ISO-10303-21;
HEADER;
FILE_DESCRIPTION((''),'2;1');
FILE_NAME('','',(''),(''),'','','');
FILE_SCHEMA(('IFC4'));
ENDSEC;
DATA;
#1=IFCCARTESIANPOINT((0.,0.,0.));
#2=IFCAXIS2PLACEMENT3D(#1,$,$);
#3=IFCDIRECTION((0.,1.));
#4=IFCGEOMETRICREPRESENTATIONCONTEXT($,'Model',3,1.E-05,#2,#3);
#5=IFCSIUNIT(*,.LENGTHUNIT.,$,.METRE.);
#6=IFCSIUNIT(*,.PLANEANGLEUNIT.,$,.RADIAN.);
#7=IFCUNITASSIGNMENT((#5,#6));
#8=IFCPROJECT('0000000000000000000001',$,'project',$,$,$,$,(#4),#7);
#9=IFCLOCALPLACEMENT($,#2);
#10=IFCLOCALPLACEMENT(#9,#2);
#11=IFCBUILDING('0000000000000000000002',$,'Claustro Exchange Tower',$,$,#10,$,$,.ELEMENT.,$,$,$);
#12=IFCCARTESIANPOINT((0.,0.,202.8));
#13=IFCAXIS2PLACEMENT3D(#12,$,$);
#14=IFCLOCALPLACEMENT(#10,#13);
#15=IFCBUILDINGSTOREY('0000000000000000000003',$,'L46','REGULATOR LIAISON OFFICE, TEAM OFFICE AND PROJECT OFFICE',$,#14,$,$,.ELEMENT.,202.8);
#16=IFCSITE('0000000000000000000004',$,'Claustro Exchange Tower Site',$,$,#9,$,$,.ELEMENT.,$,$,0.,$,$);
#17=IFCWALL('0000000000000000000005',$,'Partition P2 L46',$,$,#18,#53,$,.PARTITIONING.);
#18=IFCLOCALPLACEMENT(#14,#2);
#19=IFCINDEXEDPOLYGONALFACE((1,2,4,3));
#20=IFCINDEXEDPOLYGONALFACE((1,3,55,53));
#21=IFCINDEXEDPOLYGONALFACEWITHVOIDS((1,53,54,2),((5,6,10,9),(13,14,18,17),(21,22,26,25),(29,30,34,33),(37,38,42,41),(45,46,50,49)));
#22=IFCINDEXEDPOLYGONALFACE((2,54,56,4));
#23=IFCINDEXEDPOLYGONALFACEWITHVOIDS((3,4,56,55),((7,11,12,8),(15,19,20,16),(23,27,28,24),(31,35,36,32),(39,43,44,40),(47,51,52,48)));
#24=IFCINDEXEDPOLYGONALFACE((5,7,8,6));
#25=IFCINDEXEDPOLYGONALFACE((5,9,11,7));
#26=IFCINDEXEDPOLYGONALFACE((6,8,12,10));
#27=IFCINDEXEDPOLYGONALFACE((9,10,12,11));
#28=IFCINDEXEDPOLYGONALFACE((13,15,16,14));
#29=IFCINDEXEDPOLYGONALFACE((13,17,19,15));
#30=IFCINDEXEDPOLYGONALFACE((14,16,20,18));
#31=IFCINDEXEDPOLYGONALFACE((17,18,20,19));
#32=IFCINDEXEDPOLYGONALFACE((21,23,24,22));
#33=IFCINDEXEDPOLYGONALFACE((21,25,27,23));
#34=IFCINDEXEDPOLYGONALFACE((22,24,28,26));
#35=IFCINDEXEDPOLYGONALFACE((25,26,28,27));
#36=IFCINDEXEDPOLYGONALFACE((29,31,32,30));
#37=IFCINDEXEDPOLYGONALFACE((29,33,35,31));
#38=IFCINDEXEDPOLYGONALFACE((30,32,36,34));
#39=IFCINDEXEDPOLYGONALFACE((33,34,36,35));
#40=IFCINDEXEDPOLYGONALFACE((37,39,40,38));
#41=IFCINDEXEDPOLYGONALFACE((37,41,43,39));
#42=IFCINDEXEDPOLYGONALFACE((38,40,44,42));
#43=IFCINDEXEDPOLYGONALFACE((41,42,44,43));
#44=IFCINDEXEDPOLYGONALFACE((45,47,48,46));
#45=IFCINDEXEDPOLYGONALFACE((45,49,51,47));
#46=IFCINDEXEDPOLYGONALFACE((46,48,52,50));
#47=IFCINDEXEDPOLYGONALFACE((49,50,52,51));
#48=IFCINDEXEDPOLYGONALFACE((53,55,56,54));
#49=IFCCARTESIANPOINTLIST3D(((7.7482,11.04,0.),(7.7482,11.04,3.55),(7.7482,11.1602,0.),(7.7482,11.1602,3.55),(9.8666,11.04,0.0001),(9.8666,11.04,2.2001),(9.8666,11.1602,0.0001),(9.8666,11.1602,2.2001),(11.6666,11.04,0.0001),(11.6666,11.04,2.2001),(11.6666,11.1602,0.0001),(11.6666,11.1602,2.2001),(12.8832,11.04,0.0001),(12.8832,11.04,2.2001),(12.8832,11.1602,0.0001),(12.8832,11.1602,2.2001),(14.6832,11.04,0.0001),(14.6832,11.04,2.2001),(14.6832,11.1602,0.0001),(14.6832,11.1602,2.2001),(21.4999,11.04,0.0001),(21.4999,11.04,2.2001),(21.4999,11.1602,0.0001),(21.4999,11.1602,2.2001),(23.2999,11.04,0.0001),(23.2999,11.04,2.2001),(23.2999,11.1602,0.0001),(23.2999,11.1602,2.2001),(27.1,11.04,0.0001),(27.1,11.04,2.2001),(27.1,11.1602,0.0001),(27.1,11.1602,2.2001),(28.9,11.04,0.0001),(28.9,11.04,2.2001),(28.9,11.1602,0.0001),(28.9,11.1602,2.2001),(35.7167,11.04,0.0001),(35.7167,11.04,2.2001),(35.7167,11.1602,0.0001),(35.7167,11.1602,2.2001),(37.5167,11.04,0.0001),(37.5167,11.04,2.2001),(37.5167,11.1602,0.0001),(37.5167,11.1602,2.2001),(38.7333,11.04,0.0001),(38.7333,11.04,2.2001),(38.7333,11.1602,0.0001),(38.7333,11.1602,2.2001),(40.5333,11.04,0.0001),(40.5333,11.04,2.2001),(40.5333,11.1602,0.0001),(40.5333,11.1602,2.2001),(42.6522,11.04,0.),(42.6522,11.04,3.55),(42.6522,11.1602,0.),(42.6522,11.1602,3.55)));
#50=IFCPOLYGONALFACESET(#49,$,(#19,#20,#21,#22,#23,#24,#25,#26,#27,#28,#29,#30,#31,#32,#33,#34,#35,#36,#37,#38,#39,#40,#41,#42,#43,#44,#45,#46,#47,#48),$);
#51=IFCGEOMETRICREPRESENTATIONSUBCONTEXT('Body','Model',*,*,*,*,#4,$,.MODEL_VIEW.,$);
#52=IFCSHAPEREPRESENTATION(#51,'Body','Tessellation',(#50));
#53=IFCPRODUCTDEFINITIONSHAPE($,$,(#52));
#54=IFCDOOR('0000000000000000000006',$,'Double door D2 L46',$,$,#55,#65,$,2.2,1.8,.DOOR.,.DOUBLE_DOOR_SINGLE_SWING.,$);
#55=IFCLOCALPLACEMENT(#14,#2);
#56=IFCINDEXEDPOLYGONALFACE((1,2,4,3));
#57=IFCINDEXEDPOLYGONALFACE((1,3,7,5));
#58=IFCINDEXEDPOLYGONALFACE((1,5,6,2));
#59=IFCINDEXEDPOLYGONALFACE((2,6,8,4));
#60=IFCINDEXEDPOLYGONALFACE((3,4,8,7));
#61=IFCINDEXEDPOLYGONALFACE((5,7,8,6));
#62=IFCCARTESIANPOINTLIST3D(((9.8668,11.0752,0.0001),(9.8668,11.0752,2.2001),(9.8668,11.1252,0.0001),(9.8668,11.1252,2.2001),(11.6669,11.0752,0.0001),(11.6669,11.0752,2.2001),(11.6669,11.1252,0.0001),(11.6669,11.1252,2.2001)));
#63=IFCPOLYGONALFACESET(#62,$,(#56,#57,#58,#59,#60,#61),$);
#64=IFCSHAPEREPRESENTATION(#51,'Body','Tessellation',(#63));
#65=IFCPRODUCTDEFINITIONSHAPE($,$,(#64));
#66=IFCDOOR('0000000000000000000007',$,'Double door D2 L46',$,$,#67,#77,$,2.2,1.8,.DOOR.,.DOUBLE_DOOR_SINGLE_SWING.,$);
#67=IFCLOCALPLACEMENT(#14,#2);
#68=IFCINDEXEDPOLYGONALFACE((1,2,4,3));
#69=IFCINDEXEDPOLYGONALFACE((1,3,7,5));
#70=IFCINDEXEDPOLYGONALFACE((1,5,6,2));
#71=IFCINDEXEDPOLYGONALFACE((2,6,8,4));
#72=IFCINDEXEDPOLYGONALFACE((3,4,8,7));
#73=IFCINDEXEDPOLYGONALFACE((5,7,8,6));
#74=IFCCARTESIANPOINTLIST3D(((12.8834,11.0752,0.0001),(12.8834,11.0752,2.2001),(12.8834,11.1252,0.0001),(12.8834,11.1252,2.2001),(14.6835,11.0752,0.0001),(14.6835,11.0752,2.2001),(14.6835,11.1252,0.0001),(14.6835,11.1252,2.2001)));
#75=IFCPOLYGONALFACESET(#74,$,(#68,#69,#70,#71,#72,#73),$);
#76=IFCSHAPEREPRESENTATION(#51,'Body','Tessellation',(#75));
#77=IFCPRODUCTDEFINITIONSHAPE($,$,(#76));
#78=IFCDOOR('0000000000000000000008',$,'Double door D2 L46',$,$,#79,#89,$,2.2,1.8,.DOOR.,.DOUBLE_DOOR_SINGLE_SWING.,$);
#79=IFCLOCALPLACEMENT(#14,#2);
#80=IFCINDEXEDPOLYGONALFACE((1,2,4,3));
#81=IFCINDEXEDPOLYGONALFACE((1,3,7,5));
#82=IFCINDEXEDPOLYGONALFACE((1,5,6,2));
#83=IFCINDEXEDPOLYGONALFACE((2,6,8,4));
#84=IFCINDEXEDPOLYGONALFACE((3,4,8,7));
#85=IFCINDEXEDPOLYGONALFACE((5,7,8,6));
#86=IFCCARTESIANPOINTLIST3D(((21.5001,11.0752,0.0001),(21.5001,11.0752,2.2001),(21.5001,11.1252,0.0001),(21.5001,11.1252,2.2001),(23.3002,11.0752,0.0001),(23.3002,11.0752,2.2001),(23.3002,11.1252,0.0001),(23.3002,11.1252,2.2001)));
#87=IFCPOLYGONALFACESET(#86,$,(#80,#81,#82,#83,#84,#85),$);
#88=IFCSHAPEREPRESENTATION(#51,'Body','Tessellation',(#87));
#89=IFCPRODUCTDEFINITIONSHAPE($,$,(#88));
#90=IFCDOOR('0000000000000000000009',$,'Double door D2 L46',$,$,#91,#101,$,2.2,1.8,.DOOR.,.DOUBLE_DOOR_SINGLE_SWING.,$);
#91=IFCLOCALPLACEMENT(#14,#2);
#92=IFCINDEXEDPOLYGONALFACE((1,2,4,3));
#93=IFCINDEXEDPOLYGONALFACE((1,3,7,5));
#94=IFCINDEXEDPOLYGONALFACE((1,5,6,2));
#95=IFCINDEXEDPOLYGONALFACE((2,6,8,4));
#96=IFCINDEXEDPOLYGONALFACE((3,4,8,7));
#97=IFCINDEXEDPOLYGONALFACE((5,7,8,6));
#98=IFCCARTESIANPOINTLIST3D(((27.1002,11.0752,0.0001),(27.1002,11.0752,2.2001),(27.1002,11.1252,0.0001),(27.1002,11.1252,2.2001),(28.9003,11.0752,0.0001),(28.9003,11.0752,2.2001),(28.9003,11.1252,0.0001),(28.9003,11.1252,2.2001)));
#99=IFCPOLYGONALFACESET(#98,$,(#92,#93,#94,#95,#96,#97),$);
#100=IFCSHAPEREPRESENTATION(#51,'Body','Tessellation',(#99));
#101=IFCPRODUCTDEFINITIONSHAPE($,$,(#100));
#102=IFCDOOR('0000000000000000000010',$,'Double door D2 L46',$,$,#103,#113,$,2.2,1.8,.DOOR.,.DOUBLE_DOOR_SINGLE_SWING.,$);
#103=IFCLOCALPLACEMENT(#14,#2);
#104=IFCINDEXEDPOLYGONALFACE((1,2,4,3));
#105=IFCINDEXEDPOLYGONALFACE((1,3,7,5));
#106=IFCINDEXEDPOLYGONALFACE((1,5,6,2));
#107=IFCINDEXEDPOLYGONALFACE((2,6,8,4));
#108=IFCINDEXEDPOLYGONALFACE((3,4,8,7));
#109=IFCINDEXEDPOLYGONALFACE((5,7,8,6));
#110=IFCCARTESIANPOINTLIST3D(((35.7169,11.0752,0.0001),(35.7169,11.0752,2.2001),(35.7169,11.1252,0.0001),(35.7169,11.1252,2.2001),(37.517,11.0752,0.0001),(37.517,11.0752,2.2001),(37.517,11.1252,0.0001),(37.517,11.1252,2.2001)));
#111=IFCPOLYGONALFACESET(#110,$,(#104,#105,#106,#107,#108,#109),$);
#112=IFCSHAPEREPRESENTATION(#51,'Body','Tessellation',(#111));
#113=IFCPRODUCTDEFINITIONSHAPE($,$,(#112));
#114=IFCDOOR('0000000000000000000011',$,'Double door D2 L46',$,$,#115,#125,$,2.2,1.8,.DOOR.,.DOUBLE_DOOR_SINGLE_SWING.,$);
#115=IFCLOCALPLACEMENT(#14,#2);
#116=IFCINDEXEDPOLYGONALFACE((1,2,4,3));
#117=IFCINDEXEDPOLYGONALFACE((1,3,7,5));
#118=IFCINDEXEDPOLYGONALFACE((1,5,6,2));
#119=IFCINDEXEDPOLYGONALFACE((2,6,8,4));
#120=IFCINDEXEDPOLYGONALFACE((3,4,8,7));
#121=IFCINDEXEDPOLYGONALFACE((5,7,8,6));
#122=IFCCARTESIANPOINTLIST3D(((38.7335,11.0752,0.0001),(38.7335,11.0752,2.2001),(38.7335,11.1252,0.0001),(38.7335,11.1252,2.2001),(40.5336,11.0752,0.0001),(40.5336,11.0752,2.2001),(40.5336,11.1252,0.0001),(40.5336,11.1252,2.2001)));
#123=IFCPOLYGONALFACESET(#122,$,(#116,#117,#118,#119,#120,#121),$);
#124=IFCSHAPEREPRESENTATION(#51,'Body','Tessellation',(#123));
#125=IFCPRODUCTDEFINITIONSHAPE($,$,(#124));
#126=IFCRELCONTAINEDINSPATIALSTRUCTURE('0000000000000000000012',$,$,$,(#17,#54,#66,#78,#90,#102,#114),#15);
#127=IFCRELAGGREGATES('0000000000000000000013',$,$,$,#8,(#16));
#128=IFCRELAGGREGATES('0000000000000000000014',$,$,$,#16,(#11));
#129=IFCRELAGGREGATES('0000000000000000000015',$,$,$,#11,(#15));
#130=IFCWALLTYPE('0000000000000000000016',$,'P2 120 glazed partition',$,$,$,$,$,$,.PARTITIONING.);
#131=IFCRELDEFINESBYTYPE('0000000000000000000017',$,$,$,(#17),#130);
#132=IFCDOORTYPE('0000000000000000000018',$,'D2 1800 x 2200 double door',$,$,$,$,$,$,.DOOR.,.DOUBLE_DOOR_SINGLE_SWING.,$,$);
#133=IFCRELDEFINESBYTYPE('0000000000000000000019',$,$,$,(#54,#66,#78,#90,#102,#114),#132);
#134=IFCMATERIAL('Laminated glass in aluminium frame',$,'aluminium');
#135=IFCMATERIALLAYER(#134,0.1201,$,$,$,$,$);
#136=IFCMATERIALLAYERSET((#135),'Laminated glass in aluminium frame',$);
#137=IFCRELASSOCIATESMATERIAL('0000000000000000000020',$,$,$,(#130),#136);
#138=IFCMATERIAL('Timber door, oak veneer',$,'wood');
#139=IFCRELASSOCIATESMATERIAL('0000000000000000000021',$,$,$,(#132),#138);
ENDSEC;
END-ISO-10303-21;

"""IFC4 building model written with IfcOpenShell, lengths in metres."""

from ifc_helpers import new_model, si_unit, direction, frame, frame_2d, origin, place, context, subcontext, project, spatial, rectangle, extrude, material, layer, layer_set, type_object, element, fill, save


model = new_model("IFC4")

# Units and contexts
model_context = context("Model", 3, precision=1e-05, world=origin(), true_north=direction((0.0, 1.0)))
body_context = subcontext(model_context, "Body", "Model", "MODEL_VIEW")
ifc_project = project(units=[si_unit("LENGTHUNIT", "METRE"), si_unit("PLANEANGLEUNIT", "RADIAN")], contexts=[model_context])

# Site, building, storey
site_placement = place(None, origin())
site = spatial("IfcSite", under=ifc_project, at=site_placement, Name="Claustro Exchange Tower Site", CompositionType="ELEMENT", RefElevation=0.0)
building_placement = place(site_placement, origin())
building = spatial("IfcBuilding", under=site, at=building_placement, Name="Claustro Exchange Tower", CompositionType="ELEMENT")
storey_placement = place(building_placement, frame((0.0, 0.0, 202.8)))
storey = spatial("IfcBuildingStorey", under=building, at=storey_placement, Name="L46", Description="REGULATOR LIAISON OFFICE, TEAM OFFICE AND PROJECT OFFICE", CompositionType="ELEMENT", Elevation=202.8)

# Wall, openings, doors
ifc_material_1 = material(Name="Laminated glass in aluminium frame", Category="aluminium")
ifc_layer_1 = layer(ifc_material_1, 0.1201)
ifc_layer_set_1 = layer_set([ifc_layer_1], Name="Laminated glass in aluminium frame")
wall_type_1 = type_object("IfcWallType", Name="P2 120 glazed partition", PredefinedType="PARTITIONING", material=ifc_layer_set_1)
wall_1_placement = place(storey_placement, frame((7.748, 11.1001, 0.0), z_axis=(0.0, 0.0, 1.0), x_axis=(1.0, 0.0, 0.0)))
wall_1 = element("IfcWall", 1, at=wall_1_placement, inside=storey, type_object=wall_type_1, Name="Partition P2 L46", PredefinedType="PARTITIONING", context=body_context, shape_type="SweptSolid", body=[
    extrude(rectangle(XDim=34.9041, YDim=0.1201, at=frame_2d((17.4521, 0.0))), origin(), (0.0, 0.0, 1.0), 3.55),
])
opening_1_placement = place(wall_1_placement, frame((2.1187, 0.0, 0.0)))
opening_1 = element("IfcOpeningElement", 2, at=opening_1_placement, cuts=wall_1, PredefinedType="OPENING", context=body_context, shape_type="SweptSolid", body=[
    extrude(rectangle(XDim=1.8, YDim=2.2, at=frame_2d((0.8999, 1.1001))), frame((0.0, 0.0701, 0.0), z_axis=(0.0, -1.0, 0.0), x_axis=(1.0, 0.0, 0.0)), (0.0, 0.0, 1.0), 0.1401),
])
opening_2_placement = place(wall_1_placement, frame((5.1353, 0.0, 0.0)))
opening_2 = element("IfcOpeningElement", 3, at=opening_2_placement, cuts=wall_1, PredefinedType="OPENING", context=body_context, shape_type="SweptSolid", body=[
    extrude(rectangle(XDim=1.8, YDim=2.2, at=frame_2d((0.8999, 1.1001))), frame((0.0, 0.0701, 0.0), z_axis=(0.0, -1.0, 0.0), x_axis=(1.0, 0.0, 0.0)), (0.0, 0.0, 1.0), 0.1401),
])
opening_3_placement = place(wall_1_placement, frame((13.752, 0.0, 0.0)))
opening_3 = element("IfcOpeningElement", 4, at=opening_3_placement, cuts=wall_1, PredefinedType="OPENING", context=body_context, shape_type="SweptSolid", body=[
    extrude(rectangle(XDim=1.8, YDim=2.2, at=frame_2d((0.8999, 1.1001))), frame((0.0, 0.0701, 0.0), z_axis=(0.0, -1.0, 0.0), x_axis=(1.0, 0.0, 0.0)), (0.0, 0.0, 1.0), 0.1401),
])
opening_4_placement = place(wall_1_placement, frame((19.3521, 0.0, 0.0)))
opening_4 = element("IfcOpeningElement", 5, at=opening_4_placement, cuts=wall_1, PredefinedType="OPENING", context=body_context, shape_type="SweptSolid", body=[
    extrude(rectangle(XDim=1.8, YDim=2.2, at=frame_2d((0.8999, 1.1001))), frame((0.0, 0.0701, 0.0), z_axis=(0.0, -1.0, 0.0), x_axis=(1.0, 0.0, 0.0)), (0.0, 0.0, 1.0), 0.1401),
])
opening_5_placement = place(wall_1_placement, frame((27.9688, 0.0, 0.0)))
opening_5 = element("IfcOpeningElement", 6, at=opening_5_placement, cuts=wall_1, PredefinedType="OPENING", context=body_context, shape_type="SweptSolid", body=[
    extrude(rectangle(XDim=1.8, YDim=2.2, at=frame_2d((0.8999, 1.1001))), frame((0.0, 0.0701, 0.0), z_axis=(0.0, -1.0, 0.0), x_axis=(1.0, 0.0, 0.0)), (0.0, 0.0, 1.0), 0.1401),
])
opening_6_placement = place(wall_1_placement, frame((30.9854, 0.0, 0.0)))
opening_6 = element("IfcOpeningElement", 7, at=opening_6_placement, cuts=wall_1, PredefinedType="OPENING", context=body_context, shape_type="SweptSolid", body=[
    extrude(rectangle(XDim=1.8, YDim=2.2, at=frame_2d((0.8999, 1.1001))), frame((0.0, 0.0701, 0.0), z_axis=(0.0, -1.0, 0.0), x_axis=(1.0, 0.0, 0.0)), (0.0, 0.0, 1.0), 0.1401),
])
ifc_material_2 = material(Name="Timber door, oak veneer", Category="wood")
door_type_1 = type_object("IfcDoorType", Name="D2 1800 x 2200 double door", OperationType="DOUBLE_DOOR_SINGLE_SWING", PredefinedType="DOOR", material=ifc_material_2)
door_1_placement = place(opening_1_placement, frame((1.8, 0.0, 0.0), z_axis=(0.0, 0.0, 1.0), x_axis=(-1.0, 0.0, 0.0)))
door_1 = element("IfcDoor", 8, at=door_1_placement, inside=storey, type_object=door_type_1, Name="Double door D2 L46", OperationType="DOUBLE_DOOR_SINGLE_SWING", OverallHeight=2.2, OverallWidth=1.8, PredefinedType="DOOR", context=body_context, shape_type="SweptSolid", body=[
    extrude(rectangle(XDim=1.8, YDim=2.2, at=frame_2d((0.8999, 1.1001))), frame((0.0, 0.0249, 0.0), z_axis=(0.0, -1.0, 0.0), x_axis=(1.0, 0.0, 0.0)), (0.0, 0.0, 1.0), 0.05),
])
fill(opening_1, door_1)
door_2_placement = place(opening_2_placement, frame((1.8, 0.0, 0.0), z_axis=(0.0, 0.0, 1.0), x_axis=(-1.0, 0.0, 0.0)))
door_2 = element("IfcDoor", 9, at=door_2_placement, inside=storey, type_object=door_type_1, Name="Double door D2 L46", OperationType="DOUBLE_DOOR_SINGLE_SWING", OverallHeight=2.2, OverallWidth=1.8, PredefinedType="DOOR", context=body_context, shape_type="SweptSolid", body=[
    extrude(rectangle(XDim=1.8, YDim=2.2, at=frame_2d((0.8999, 1.1001))), frame((0.0, 0.0249, 0.0), z_axis=(0.0, -1.0, 0.0), x_axis=(1.0, 0.0, 0.0)), (0.0, 0.0, 1.0), 0.05),
])
fill(opening_2, door_2)
door_3_placement = place(opening_3_placement, frame((1.8, 0.0, 0.0), z_axis=(0.0, 0.0, 1.0), x_axis=(-1.0, 0.0, 0.0)))
door_3 = element("IfcDoor", 10, at=door_3_placement, inside=storey, type_object=door_type_1, Name="Double door D2 L46", OperationType="DOUBLE_DOOR_SINGLE_SWING", OverallHeight=2.2, OverallWidth=1.8, PredefinedType="DOOR", context=body_context, shape_type="SweptSolid", body=[
    extrude(rectangle(XDim=1.8, YDim=2.2, at=frame_2d((0.8999, 1.1001))), frame((0.0, 0.0249, 0.0), z_axis=(0.0, -1.0, 0.0), x_axis=(1.0, 0.0, 0.0)), (0.0, 0.0, 1.0), 0.05),
])
fill(opening_3, door_3)
door_4_placement = place(opening_4_placement, frame((1.8, 0.0, 0.0), z_axis=(0.0, 0.0, 1.0), x_axis=(-1.0, 0.0, 0.0)))
door_4 = element("IfcDoor", 11, at=door_4_placement, inside=storey, type_object=door_type_1, Name="Double door D2 L46", OperationType="DOUBLE_DOOR_SINGLE_SWING", OverallHeight=2.2, OverallWidth=1.8, PredefinedType="DOOR", context=body_context, shape_type="SweptSolid", body=[
    extrude(rectangle(XDim=1.8, YDim=2.2, at=frame_2d((0.8999, 1.1001))), frame((0.0, 0.0249, 0.0), z_axis=(0.0, -1.0, 0.0), x_axis=(1.0, 0.0, 0.0)), (0.0, 0.0, 1.0), 0.05),
])
fill(opening_4, door_4)
door_5_placement = place(opening_5_placement, frame((1.8, 0.0, 0.0), z_axis=(0.0, 0.0, 1.0), x_axis=(-1.0, 0.0, 0.0)))
door_5 = element("IfcDoor", 12, at=door_5_placement, inside=storey, type_object=door_type_1, Name="Double door D2 L46", OperationType="DOUBLE_DOOR_SINGLE_SWING", OverallHeight=2.2, OverallWidth=1.8, PredefinedType="DOOR", context=body_context, shape_type="SweptSolid", body=[
    extrude(rectangle(XDim=1.8, YDim=2.2, at=frame_2d((0.8999, 1.1001))), frame((0.0, 0.0249, 0.0), z_axis=(0.0, -1.0, 0.0), x_axis=(1.0, 0.0, 0.0)), (0.0, 0.0, 1.0), 0.05),
])
fill(opening_5, door_5)
door_6_placement = place(opening_6_placement, frame((1.8, 0.0, 0.0), z_axis=(0.0, 0.0, 1.0), x_axis=(-1.0, 0.0, 0.0)))
door_6 = element("IfcDoor", 13, at=door_6_placement, inside=storey, type_object=door_type_1, Name="Double door D2 L46", OperationType="DOUBLE_DOOR_SINGLE_SWING", OverallHeight=2.2, OverallWidth=1.8, PredefinedType="DOOR", context=body_context, shape_type="SweptSolid", body=[
    extrude(rectangle(XDim=1.8, YDim=2.2, at=frame_2d((0.8999, 1.1001))), frame((0.0, 0.0249, 0.0), z_axis=(0.0, -1.0, 0.0), x_axis=(1.0, 0.0, 0.0)), (0.0, 0.0, 1.0), 0.05),
])
fill(opening_6, door_6)

save(model, "model.ifc")
